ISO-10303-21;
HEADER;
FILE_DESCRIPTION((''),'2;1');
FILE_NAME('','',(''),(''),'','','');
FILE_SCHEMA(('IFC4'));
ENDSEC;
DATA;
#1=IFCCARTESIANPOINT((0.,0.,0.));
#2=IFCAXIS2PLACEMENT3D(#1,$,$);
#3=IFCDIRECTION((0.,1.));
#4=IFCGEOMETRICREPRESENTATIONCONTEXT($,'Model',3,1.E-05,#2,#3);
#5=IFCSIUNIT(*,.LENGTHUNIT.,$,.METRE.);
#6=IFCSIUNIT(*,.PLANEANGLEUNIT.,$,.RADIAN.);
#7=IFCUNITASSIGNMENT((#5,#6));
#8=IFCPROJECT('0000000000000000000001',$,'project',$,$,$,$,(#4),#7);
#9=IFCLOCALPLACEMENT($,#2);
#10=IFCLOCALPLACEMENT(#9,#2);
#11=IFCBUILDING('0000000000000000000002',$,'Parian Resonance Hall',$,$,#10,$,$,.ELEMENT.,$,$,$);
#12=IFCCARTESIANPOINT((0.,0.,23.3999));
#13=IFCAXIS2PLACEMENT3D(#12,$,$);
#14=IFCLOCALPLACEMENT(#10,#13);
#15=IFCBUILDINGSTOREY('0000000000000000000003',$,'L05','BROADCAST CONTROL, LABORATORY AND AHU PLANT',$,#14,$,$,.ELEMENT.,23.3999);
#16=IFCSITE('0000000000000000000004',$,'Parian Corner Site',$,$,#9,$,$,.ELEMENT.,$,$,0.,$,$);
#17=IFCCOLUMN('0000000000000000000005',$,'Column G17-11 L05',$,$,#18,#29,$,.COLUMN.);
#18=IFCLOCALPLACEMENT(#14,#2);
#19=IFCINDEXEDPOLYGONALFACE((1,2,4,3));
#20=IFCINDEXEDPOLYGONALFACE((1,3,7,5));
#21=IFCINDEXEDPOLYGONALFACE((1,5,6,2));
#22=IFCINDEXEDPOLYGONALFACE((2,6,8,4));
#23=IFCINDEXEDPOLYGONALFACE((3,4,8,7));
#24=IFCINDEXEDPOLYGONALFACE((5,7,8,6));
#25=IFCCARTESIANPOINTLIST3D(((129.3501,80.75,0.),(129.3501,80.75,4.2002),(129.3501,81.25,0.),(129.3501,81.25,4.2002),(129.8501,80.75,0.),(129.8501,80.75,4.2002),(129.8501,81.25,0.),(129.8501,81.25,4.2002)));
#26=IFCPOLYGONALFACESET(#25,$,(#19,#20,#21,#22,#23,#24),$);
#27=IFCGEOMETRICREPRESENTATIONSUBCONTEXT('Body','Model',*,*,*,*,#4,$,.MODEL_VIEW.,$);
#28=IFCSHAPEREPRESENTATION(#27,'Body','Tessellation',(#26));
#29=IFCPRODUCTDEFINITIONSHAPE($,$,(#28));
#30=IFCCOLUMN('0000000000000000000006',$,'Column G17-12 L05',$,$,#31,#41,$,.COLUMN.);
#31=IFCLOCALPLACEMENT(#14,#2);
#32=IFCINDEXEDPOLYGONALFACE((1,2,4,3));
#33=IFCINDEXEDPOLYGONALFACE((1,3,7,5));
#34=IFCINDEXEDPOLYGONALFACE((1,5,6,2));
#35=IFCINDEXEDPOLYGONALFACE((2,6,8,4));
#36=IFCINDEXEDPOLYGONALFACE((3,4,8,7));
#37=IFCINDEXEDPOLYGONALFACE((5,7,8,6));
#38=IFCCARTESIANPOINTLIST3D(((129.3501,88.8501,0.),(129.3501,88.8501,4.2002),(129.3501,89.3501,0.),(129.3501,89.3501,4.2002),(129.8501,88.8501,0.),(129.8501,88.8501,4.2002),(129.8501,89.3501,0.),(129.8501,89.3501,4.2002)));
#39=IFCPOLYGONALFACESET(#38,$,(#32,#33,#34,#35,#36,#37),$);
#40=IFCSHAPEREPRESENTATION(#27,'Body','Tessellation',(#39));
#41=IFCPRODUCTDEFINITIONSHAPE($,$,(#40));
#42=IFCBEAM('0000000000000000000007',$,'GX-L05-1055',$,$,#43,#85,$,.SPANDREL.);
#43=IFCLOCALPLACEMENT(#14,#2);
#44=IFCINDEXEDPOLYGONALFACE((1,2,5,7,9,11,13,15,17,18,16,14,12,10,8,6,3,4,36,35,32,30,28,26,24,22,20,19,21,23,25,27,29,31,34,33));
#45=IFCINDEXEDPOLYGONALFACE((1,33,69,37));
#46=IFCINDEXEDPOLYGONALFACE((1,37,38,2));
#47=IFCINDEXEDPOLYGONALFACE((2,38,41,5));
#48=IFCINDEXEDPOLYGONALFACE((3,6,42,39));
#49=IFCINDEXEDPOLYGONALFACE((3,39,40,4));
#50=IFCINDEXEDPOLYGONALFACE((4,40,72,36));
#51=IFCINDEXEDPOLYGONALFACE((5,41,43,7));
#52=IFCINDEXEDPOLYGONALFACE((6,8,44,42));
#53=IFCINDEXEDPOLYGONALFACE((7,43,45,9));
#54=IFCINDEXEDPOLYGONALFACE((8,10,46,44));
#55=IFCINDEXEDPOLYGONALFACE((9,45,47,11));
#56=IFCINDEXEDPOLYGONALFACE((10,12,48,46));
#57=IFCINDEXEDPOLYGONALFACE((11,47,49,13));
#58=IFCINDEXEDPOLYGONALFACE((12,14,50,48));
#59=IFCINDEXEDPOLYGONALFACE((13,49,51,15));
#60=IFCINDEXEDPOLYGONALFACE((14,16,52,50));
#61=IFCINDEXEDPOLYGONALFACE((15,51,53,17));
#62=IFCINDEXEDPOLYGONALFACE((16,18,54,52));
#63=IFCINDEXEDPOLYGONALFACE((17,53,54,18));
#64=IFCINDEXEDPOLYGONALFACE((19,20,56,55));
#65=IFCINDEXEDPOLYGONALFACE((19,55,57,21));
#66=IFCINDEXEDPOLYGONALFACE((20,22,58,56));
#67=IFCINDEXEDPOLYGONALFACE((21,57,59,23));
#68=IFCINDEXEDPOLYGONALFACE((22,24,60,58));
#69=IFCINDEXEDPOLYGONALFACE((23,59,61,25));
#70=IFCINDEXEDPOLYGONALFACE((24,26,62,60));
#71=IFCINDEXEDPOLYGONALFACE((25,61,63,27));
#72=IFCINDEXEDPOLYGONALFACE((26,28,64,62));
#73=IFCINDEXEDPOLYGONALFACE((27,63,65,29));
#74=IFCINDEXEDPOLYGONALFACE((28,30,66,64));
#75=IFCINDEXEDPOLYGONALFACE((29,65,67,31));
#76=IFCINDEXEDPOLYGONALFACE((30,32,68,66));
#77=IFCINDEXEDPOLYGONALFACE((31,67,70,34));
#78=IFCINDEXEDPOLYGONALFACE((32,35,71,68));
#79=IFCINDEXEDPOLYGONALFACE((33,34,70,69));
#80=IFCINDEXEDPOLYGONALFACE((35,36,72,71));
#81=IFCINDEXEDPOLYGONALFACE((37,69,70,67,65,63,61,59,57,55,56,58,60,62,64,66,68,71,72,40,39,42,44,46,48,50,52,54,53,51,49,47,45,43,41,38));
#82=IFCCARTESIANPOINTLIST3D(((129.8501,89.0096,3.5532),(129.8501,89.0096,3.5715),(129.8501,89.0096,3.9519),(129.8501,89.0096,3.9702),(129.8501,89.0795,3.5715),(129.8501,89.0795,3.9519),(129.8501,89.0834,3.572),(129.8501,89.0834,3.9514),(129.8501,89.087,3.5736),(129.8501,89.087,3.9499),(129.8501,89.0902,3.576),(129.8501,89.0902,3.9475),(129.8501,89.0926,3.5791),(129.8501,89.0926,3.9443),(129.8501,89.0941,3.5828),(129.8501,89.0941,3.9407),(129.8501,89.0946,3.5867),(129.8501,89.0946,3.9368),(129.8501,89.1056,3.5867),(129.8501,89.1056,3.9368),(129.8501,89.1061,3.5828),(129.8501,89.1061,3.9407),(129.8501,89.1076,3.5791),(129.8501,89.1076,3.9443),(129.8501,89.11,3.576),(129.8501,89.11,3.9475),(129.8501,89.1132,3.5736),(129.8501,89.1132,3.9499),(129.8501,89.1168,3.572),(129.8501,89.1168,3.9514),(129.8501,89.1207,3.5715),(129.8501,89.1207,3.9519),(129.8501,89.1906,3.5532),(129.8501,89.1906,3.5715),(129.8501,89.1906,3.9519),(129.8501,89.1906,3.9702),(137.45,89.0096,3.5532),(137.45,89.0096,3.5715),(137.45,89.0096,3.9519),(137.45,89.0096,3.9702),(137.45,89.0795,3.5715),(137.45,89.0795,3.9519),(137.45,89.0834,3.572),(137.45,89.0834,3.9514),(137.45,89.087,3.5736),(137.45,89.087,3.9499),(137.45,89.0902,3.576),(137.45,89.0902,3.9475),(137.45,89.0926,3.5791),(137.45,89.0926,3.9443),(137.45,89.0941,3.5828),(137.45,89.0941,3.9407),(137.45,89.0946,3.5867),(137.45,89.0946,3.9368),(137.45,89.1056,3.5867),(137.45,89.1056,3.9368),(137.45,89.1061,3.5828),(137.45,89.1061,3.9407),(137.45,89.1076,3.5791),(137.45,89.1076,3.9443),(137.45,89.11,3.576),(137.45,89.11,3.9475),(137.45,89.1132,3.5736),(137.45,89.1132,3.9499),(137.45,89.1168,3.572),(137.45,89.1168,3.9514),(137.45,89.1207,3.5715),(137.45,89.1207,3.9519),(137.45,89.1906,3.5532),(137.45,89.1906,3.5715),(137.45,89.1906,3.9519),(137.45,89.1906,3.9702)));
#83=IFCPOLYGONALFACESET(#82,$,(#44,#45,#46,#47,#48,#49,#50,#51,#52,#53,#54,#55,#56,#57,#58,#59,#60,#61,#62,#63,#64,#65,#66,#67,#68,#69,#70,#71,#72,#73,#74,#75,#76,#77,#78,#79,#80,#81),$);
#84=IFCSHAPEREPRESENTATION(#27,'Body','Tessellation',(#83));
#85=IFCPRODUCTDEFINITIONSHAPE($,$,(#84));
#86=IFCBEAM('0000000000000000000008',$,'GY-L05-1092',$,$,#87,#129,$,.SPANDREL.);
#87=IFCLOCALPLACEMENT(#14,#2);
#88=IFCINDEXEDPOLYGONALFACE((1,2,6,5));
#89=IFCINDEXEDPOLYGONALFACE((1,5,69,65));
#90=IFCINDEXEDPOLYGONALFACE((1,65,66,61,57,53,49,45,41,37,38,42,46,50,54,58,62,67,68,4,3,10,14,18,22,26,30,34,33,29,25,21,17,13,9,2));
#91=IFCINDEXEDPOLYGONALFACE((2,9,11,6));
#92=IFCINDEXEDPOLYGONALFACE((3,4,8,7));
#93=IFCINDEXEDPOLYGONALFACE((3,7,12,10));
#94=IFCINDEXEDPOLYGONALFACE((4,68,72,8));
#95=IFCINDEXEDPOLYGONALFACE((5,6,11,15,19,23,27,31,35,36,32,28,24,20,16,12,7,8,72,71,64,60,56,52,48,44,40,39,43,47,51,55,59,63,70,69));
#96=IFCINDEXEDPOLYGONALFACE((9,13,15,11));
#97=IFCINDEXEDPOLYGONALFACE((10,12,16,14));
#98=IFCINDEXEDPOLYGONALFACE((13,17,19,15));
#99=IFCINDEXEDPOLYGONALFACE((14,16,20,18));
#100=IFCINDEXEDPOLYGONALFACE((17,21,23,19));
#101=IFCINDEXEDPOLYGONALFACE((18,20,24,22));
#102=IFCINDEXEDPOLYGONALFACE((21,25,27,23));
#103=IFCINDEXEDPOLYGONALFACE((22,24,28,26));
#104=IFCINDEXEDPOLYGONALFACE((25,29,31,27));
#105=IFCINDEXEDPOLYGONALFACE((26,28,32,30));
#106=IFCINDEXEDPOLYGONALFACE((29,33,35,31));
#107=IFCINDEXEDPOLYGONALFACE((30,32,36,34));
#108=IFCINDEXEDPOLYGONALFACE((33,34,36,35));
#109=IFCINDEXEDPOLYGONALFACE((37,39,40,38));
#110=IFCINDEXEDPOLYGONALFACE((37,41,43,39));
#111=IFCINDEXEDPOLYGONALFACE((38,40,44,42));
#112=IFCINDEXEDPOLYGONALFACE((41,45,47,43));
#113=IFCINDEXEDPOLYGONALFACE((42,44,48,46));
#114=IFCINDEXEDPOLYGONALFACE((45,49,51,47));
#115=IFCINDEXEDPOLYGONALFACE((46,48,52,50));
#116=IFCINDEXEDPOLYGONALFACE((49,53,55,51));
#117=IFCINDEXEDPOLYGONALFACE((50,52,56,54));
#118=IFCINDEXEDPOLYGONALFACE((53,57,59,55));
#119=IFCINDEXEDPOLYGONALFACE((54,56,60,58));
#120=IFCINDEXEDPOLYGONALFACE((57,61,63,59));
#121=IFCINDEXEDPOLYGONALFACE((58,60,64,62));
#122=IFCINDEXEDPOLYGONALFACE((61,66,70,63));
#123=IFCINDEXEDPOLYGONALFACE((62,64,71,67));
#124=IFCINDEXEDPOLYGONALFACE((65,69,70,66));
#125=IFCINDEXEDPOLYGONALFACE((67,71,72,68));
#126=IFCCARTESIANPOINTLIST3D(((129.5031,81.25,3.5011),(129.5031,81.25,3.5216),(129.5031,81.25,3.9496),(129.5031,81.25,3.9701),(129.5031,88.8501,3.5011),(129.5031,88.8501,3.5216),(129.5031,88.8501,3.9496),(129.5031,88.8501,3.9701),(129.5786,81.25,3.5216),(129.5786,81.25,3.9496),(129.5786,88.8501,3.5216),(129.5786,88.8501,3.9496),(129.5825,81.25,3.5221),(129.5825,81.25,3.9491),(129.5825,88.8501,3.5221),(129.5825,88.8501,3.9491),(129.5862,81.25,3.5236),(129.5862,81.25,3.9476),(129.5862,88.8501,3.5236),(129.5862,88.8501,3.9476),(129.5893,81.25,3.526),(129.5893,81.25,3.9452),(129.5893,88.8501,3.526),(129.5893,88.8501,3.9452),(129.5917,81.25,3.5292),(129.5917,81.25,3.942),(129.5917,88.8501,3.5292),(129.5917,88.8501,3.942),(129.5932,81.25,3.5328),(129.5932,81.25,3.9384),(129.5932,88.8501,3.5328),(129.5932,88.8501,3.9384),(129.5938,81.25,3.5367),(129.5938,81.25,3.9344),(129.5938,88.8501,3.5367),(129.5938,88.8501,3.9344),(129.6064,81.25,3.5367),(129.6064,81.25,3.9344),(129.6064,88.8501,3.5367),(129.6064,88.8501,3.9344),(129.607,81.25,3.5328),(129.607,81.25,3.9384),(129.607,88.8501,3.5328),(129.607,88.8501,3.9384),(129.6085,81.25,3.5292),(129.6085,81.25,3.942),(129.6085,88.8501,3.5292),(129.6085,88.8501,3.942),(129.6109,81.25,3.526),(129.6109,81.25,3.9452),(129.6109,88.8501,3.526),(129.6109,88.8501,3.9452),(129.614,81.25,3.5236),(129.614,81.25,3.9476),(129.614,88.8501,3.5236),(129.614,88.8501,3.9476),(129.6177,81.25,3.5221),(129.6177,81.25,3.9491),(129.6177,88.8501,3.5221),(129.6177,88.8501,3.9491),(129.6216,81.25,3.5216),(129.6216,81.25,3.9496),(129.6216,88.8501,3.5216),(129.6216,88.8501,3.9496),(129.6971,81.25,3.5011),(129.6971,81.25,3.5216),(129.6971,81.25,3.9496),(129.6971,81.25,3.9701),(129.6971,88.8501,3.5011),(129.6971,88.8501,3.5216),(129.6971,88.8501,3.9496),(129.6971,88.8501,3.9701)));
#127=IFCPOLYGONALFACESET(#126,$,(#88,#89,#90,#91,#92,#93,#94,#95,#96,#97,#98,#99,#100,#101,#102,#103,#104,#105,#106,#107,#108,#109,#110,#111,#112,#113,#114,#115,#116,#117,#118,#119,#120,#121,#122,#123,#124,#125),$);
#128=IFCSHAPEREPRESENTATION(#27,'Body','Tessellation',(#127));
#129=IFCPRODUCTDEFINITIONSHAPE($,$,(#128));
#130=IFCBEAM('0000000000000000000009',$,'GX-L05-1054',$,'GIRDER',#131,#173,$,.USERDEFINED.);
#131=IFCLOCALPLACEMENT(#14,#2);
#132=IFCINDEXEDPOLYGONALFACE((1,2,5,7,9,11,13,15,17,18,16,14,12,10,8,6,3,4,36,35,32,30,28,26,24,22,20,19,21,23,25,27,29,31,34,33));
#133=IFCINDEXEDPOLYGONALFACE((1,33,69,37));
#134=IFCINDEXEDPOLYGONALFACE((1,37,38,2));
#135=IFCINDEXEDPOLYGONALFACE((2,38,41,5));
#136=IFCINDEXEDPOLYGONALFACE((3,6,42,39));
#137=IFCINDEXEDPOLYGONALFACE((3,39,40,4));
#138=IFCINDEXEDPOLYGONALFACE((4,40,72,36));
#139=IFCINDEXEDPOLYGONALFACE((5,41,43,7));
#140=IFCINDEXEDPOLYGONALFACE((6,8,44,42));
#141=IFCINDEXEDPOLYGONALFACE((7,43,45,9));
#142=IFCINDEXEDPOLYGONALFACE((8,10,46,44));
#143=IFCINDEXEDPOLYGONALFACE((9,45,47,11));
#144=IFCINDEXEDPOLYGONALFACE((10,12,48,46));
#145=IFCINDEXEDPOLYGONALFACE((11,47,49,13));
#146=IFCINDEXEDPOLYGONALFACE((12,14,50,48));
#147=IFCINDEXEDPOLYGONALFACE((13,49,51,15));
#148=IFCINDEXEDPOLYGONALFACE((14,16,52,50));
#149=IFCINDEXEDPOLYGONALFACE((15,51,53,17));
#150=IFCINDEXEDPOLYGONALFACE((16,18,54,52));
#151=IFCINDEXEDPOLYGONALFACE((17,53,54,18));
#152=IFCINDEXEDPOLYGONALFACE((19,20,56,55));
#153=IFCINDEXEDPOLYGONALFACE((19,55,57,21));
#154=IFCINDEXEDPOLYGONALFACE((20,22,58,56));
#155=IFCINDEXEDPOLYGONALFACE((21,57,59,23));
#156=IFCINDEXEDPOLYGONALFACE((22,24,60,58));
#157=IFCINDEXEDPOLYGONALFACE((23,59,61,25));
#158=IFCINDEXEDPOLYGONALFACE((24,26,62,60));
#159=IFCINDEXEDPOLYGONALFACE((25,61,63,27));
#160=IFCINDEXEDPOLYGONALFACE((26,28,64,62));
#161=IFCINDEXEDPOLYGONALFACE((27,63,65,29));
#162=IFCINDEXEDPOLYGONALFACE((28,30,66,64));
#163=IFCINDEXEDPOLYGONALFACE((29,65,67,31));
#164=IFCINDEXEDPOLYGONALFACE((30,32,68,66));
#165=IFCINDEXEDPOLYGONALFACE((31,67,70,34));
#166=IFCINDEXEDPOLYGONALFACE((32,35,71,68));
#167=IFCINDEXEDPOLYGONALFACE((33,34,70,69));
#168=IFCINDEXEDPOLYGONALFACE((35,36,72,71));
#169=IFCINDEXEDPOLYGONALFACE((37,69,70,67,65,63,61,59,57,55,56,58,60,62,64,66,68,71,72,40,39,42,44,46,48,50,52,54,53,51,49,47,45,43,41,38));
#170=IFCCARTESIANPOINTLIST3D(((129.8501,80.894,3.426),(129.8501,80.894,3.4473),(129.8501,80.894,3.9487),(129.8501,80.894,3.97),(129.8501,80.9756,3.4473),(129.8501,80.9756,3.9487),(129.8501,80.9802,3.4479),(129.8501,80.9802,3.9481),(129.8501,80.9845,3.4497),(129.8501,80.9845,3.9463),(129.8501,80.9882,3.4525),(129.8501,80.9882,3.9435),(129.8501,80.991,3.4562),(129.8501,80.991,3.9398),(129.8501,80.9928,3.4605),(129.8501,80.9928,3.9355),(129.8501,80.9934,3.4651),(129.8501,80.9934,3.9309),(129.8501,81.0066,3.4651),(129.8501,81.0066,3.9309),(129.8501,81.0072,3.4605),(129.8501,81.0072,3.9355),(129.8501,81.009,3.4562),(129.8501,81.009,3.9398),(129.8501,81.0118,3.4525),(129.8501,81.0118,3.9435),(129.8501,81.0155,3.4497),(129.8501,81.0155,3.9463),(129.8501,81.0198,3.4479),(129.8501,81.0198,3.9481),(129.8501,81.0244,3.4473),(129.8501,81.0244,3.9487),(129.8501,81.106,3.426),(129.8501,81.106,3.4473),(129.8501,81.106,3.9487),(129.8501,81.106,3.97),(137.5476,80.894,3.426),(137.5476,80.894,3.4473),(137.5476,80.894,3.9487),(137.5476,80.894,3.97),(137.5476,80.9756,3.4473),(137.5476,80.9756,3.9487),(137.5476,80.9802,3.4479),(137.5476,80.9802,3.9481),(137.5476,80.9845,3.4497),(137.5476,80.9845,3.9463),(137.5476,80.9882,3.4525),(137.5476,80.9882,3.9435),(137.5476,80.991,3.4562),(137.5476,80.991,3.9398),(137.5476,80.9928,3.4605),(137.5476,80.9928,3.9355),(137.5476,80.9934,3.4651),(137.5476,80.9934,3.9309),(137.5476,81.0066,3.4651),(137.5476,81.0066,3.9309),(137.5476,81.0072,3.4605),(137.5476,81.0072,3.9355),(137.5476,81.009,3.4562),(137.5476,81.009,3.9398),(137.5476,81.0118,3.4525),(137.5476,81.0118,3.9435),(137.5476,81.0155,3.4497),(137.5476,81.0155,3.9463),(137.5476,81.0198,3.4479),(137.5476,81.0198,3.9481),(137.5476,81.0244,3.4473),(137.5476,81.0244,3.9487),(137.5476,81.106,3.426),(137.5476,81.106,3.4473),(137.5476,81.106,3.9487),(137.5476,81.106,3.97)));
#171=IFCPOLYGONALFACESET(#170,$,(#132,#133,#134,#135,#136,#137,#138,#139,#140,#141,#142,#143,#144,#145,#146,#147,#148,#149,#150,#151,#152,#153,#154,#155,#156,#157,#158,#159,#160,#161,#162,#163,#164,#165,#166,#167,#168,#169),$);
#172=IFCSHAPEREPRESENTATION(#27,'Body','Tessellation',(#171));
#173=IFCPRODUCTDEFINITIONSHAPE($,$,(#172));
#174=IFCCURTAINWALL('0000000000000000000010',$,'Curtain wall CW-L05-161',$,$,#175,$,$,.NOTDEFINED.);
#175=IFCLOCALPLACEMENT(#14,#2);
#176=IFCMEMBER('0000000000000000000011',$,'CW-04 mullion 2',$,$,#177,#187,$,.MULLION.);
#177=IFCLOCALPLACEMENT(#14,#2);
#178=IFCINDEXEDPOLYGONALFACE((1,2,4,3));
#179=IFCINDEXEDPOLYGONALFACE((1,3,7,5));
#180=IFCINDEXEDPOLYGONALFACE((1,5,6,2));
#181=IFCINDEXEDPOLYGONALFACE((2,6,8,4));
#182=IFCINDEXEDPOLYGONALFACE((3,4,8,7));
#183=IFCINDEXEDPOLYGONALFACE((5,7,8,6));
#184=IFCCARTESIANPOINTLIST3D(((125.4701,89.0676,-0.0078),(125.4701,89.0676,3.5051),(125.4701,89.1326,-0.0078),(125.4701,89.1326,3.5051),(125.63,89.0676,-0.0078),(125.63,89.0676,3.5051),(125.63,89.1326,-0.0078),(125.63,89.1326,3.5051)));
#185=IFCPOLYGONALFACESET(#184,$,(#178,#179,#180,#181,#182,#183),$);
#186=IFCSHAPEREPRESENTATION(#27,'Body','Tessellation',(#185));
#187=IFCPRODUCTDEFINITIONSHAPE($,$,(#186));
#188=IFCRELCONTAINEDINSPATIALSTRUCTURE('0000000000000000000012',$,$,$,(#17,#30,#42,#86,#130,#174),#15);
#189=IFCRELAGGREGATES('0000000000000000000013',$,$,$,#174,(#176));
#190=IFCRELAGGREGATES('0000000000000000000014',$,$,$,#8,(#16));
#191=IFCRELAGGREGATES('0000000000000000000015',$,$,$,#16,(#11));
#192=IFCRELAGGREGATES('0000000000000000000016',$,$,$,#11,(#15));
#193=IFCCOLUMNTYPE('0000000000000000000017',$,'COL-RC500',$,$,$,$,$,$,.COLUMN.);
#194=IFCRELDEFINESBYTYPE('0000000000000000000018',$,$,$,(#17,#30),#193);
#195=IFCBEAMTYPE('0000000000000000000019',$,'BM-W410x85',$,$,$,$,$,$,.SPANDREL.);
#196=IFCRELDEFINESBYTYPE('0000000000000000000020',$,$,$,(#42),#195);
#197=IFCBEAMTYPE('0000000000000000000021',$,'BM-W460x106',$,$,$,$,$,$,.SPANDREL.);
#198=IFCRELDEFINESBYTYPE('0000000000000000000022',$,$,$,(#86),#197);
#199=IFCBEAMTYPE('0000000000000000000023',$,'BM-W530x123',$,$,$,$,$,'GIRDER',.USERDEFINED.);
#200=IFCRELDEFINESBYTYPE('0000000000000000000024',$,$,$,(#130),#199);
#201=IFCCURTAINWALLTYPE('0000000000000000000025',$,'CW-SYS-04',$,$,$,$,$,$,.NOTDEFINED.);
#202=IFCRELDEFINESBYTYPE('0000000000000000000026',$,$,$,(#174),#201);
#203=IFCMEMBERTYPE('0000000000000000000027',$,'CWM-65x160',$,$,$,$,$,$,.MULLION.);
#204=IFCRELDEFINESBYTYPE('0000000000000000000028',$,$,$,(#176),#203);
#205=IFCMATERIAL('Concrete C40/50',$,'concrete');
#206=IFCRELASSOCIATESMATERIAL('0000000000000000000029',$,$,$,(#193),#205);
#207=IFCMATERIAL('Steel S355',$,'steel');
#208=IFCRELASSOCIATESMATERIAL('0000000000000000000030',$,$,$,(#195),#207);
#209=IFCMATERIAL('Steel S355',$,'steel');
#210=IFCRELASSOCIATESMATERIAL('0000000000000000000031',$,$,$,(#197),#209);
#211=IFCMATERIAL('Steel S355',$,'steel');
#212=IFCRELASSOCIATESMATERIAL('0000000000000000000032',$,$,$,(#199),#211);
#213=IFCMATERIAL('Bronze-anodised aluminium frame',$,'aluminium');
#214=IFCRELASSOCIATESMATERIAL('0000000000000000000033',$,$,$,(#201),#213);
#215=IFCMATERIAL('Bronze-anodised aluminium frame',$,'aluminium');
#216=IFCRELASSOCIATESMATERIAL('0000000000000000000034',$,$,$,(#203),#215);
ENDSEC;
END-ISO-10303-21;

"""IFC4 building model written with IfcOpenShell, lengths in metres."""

from ifc_helpers import new_model, si_unit, direction, frame, origin, origin_2d, place, context, subcontext, project, spatial, rectangle, i_section, extrude, material, material_profile, profile_set, type_object, element, aggregate, save


model = new_model("IFC4")

# Units and contexts
model_context = context("Model", 3, precision=1e-05, world=origin(), true_north=direction((0.0, 1.0)))
body_context = subcontext(model_context, "Body", "Model", "MODEL_VIEW")
ifc_project = project(units=[si_unit("LENGTHUNIT", "METRE"), si_unit("PLANEANGLEUNIT", "RADIAN")], contexts=[model_context])

# Site, building, storey
site_placement = place(None, origin())
site = spatial("IfcSite", under=ifc_project, at=site_placement, Name="Parian Corner Site", CompositionType="ELEMENT", RefElevation=0.0)
building_placement = place(site_placement, origin())
building = spatial("IfcBuilding", under=site, at=building_placement, Name="Parian Resonance Hall", CompositionType="ELEMENT")
storey_placement = place(building_placement, frame((0.0, 0.0, 23.3999)))
storey = spatial("IfcBuildingStorey", under=building, at=storey_placement, Name="L05", Description="BROADCAST CONTROL, LABORATORY AND AHU PLANT", CompositionType="ELEMENT", Elevation=23.3999)

# Columns
ifc_material_1 = material(Name="Concrete C40/50", Category="concrete")
ifc_material_profile_1 = material_profile(ifc_material_1, rectangle(XDim=0.5, YDim=0.5, at=origin_2d()), Name="RC-COL-500x500")
ifc_profile_set_1 = profile_set([ifc_material_profile_1], Name="Concrete C40/50")
column_type = type_object("IfcColumnType", Name="COL-RC500", PredefinedType="COLUMN", material=ifc_profile_set_1)
for number, where, z_axis, x_axis, name in (
    (1, (129.6001, 81.0, 0.0), (0.0, 0.0, 1.0), (1.0, 0.0, 0.0), "Column G17-11 L05"),
    (2, (129.6001, 89.1001, 0.0), (0.0, 0.0, 1.0), (1.0, 0.0, 0.0), "Column G17-12 L05"),
):
    element("IfcColumn", number, at=place(storey_placement, frame(where, z_axis=z_axis, x_axis=x_axis)), inside=storey, type_object=column_type, Name=name, PredefinedType="COLUMN", context=body_context, shape_type="SweptSolid", body=[
        extrude(rectangle(XDim=0.5, YDim=0.5, at=origin_2d()), origin(), (0.0, 0.0, 1.0), 4.2002),
    ])

# Beams
ifc_material_2 = material(Name="Steel S355", Category="steel")
ifc_material_profile_2 = material_profile(ifc_material_2, i_section(OverallWidth=0.1809, OverallDepth=0.417, WebThickness=0.011, FlangeThickness=0.0183, FilletRadius=0.0151, at=origin_2d()), Name="W410x85")
ifc_profile_set_2 = profile_set([ifc_material_profile_2], Name="Steel S355")
beam_type_1 = type_object("IfcBeamType", Name="BM-W410x85", PredefinedType="SPANDREL", material=ifc_profile_set_2)
beam_1_placement = place(storey_placement, frame((129.8501, 89.1001, 3.7617), z_axis=(1.0, 0.0, 0.0), x_axis=(0.0, 1.0, 0.0)))
element("IfcBeam", 3, at=beam_1_placement, inside=storey, type_object=beam_type_1, Name="GX-L05-1055", PredefinedType="SPANDREL", context=body_context, shape_type="SweptSolid", body=[
    extrude(i_section(OverallWidth=0.1809, OverallDepth=0.417, WebThickness=0.011, FlangeThickness=0.0183, FilletRadius=0.0151, at=origin_2d()), origin(), (0.0, 0.0, 1.0), 7.5999),
])
ifc_material_3 = material(Name="Steel S355", Category="steel")
ifc_material_profile_3 = material_profile(ifc_material_3, i_section(OverallWidth=0.1941, OverallDepth=0.469, WebThickness=0.0127, FlangeThickness=0.0205, FilletRadius=0.0151, at=origin_2d()), Name="W460x106")
ifc_profile_set_3 = profile_set([ifc_material_profile_3], Name="Steel S355")
beam_type_2 = type_object("IfcBeamType", Name="BM-W460x106", PredefinedType="SPANDREL", material=ifc_profile_set_3)
beam_2_placement = place(storey_placement, frame((129.6001, 81.25, 3.7356), z_axis=(0.0, 1.0, 0.0), x_axis=(-1.0, 0.0, 0.0)))
element("IfcBeam", 4, at=beam_2_placement, inside=storey, type_object=beam_type_2, Name="GY-L05-1092", PredefinedType="SPANDREL", context=body_context, shape_type="SweptSolid", body=[
    extrude(i_section(OverallWidth=0.1941, OverallDepth=0.469, WebThickness=0.0127, FlangeThickness=0.0205, FilletRadius=0.0151, at=origin_2d()), origin(), (0.0, 0.0, 1.0), 7.6001),
])
ifc_material_4 = material(Name="Steel S355", Category="steel")
ifc_material_profile_4 = material_profile(ifc_material_4, i_section(OverallWidth=0.2119, OverallDepth=0.5439, WebThickness=0.0132, FlangeThickness=0.0212, FilletRadius=0.0178, at=origin_2d()), Name="W530x123")
ifc_profile_set_4 = profile_set([ifc_material_profile_4], Name="Steel S355")
beam_type_3 = type_object("IfcBeamType", Name="BM-W530x123", ElementType="GIRDER", PredefinedType="USERDEFINED", material=ifc_profile_set_4)
beam_3_placement = place(storey_placement, frame((129.8501, 81.0, 3.698), z_axis=(1.0, 0.0, 0.0), x_axis=(0.0, 1.0, 0.0)))
element("IfcBeam", 5, at=beam_3_placement, inside=storey, type_object=beam_type_3, Name="GX-L05-1054", ObjectType="GIRDER", PredefinedType="USERDEFINED", context=body_context, shape_type="SweptSolid", body=[
    extrude(i_section(OverallWidth=0.2119, OverallDepth=0.5439, WebThickness=0.0132, FlangeThickness=0.0212, FilletRadius=0.0178, at=origin_2d()), origin(), (0.0, 0.0, 1.0), 7.6975),
])

# Curtain wall, member
ifc_material_5 = material(Name="Bronze-anodised aluminium frame", Category="aluminium")
curtain_wall_type_1 = type_object("IfcCurtainWallType", Name="CW-SYS-04", PredefinedType="NOTDEFINED", material=ifc_material_5)
curtain_wall_1_placement = place(storey_placement, origin())
curtain_wall_1 = element("IfcCurtainWall", 6, at=curtain_wall_1_placement, inside=storey, type_object=curtain_wall_type_1, Name="Curtain wall CW-L05-161", PredefinedType="NOTDEFINED")
ifc_material_6 = material(Name="Bronze-anodised aluminium frame", Category="aluminium")
ifc_material_profile_5 = material_profile(ifc_material_6, rectangle(XDim=0.0649, YDim=0.1599, at=origin_2d()), Name="CWM-65x160")
ifc_profile_set_5 = profile_set([ifc_material_profile_5], Name="Bronze-anodised aluminium frame")
member_type_1 = type_object("IfcMemberType", Name="CWM-65x160", PredefinedType="MULLION", material=ifc_profile_set_5)
member_1_placement = place(storey_placement, frame((125.55, 89.1001, -0.0078), z_axis=(0.0, 0.0, 1.0), x_axis=(0.0, 1.0, 0.0)))
member_1 = element("IfcMember", 7, at=member_1_placement, type_object=member_type_1, Name="CW-04 mullion 2", PredefinedType="MULLION", context=body_context, shape_type="SweptSolid", body=[
    extrude(rectangle(XDim=0.0649, YDim=0.1599, at=origin_2d()), origin(), (0.0, 0.0, 1.0), 3.5129),
])

aggregate(curtain_wall_1, [member_1])

save(model, "model.ifc")
